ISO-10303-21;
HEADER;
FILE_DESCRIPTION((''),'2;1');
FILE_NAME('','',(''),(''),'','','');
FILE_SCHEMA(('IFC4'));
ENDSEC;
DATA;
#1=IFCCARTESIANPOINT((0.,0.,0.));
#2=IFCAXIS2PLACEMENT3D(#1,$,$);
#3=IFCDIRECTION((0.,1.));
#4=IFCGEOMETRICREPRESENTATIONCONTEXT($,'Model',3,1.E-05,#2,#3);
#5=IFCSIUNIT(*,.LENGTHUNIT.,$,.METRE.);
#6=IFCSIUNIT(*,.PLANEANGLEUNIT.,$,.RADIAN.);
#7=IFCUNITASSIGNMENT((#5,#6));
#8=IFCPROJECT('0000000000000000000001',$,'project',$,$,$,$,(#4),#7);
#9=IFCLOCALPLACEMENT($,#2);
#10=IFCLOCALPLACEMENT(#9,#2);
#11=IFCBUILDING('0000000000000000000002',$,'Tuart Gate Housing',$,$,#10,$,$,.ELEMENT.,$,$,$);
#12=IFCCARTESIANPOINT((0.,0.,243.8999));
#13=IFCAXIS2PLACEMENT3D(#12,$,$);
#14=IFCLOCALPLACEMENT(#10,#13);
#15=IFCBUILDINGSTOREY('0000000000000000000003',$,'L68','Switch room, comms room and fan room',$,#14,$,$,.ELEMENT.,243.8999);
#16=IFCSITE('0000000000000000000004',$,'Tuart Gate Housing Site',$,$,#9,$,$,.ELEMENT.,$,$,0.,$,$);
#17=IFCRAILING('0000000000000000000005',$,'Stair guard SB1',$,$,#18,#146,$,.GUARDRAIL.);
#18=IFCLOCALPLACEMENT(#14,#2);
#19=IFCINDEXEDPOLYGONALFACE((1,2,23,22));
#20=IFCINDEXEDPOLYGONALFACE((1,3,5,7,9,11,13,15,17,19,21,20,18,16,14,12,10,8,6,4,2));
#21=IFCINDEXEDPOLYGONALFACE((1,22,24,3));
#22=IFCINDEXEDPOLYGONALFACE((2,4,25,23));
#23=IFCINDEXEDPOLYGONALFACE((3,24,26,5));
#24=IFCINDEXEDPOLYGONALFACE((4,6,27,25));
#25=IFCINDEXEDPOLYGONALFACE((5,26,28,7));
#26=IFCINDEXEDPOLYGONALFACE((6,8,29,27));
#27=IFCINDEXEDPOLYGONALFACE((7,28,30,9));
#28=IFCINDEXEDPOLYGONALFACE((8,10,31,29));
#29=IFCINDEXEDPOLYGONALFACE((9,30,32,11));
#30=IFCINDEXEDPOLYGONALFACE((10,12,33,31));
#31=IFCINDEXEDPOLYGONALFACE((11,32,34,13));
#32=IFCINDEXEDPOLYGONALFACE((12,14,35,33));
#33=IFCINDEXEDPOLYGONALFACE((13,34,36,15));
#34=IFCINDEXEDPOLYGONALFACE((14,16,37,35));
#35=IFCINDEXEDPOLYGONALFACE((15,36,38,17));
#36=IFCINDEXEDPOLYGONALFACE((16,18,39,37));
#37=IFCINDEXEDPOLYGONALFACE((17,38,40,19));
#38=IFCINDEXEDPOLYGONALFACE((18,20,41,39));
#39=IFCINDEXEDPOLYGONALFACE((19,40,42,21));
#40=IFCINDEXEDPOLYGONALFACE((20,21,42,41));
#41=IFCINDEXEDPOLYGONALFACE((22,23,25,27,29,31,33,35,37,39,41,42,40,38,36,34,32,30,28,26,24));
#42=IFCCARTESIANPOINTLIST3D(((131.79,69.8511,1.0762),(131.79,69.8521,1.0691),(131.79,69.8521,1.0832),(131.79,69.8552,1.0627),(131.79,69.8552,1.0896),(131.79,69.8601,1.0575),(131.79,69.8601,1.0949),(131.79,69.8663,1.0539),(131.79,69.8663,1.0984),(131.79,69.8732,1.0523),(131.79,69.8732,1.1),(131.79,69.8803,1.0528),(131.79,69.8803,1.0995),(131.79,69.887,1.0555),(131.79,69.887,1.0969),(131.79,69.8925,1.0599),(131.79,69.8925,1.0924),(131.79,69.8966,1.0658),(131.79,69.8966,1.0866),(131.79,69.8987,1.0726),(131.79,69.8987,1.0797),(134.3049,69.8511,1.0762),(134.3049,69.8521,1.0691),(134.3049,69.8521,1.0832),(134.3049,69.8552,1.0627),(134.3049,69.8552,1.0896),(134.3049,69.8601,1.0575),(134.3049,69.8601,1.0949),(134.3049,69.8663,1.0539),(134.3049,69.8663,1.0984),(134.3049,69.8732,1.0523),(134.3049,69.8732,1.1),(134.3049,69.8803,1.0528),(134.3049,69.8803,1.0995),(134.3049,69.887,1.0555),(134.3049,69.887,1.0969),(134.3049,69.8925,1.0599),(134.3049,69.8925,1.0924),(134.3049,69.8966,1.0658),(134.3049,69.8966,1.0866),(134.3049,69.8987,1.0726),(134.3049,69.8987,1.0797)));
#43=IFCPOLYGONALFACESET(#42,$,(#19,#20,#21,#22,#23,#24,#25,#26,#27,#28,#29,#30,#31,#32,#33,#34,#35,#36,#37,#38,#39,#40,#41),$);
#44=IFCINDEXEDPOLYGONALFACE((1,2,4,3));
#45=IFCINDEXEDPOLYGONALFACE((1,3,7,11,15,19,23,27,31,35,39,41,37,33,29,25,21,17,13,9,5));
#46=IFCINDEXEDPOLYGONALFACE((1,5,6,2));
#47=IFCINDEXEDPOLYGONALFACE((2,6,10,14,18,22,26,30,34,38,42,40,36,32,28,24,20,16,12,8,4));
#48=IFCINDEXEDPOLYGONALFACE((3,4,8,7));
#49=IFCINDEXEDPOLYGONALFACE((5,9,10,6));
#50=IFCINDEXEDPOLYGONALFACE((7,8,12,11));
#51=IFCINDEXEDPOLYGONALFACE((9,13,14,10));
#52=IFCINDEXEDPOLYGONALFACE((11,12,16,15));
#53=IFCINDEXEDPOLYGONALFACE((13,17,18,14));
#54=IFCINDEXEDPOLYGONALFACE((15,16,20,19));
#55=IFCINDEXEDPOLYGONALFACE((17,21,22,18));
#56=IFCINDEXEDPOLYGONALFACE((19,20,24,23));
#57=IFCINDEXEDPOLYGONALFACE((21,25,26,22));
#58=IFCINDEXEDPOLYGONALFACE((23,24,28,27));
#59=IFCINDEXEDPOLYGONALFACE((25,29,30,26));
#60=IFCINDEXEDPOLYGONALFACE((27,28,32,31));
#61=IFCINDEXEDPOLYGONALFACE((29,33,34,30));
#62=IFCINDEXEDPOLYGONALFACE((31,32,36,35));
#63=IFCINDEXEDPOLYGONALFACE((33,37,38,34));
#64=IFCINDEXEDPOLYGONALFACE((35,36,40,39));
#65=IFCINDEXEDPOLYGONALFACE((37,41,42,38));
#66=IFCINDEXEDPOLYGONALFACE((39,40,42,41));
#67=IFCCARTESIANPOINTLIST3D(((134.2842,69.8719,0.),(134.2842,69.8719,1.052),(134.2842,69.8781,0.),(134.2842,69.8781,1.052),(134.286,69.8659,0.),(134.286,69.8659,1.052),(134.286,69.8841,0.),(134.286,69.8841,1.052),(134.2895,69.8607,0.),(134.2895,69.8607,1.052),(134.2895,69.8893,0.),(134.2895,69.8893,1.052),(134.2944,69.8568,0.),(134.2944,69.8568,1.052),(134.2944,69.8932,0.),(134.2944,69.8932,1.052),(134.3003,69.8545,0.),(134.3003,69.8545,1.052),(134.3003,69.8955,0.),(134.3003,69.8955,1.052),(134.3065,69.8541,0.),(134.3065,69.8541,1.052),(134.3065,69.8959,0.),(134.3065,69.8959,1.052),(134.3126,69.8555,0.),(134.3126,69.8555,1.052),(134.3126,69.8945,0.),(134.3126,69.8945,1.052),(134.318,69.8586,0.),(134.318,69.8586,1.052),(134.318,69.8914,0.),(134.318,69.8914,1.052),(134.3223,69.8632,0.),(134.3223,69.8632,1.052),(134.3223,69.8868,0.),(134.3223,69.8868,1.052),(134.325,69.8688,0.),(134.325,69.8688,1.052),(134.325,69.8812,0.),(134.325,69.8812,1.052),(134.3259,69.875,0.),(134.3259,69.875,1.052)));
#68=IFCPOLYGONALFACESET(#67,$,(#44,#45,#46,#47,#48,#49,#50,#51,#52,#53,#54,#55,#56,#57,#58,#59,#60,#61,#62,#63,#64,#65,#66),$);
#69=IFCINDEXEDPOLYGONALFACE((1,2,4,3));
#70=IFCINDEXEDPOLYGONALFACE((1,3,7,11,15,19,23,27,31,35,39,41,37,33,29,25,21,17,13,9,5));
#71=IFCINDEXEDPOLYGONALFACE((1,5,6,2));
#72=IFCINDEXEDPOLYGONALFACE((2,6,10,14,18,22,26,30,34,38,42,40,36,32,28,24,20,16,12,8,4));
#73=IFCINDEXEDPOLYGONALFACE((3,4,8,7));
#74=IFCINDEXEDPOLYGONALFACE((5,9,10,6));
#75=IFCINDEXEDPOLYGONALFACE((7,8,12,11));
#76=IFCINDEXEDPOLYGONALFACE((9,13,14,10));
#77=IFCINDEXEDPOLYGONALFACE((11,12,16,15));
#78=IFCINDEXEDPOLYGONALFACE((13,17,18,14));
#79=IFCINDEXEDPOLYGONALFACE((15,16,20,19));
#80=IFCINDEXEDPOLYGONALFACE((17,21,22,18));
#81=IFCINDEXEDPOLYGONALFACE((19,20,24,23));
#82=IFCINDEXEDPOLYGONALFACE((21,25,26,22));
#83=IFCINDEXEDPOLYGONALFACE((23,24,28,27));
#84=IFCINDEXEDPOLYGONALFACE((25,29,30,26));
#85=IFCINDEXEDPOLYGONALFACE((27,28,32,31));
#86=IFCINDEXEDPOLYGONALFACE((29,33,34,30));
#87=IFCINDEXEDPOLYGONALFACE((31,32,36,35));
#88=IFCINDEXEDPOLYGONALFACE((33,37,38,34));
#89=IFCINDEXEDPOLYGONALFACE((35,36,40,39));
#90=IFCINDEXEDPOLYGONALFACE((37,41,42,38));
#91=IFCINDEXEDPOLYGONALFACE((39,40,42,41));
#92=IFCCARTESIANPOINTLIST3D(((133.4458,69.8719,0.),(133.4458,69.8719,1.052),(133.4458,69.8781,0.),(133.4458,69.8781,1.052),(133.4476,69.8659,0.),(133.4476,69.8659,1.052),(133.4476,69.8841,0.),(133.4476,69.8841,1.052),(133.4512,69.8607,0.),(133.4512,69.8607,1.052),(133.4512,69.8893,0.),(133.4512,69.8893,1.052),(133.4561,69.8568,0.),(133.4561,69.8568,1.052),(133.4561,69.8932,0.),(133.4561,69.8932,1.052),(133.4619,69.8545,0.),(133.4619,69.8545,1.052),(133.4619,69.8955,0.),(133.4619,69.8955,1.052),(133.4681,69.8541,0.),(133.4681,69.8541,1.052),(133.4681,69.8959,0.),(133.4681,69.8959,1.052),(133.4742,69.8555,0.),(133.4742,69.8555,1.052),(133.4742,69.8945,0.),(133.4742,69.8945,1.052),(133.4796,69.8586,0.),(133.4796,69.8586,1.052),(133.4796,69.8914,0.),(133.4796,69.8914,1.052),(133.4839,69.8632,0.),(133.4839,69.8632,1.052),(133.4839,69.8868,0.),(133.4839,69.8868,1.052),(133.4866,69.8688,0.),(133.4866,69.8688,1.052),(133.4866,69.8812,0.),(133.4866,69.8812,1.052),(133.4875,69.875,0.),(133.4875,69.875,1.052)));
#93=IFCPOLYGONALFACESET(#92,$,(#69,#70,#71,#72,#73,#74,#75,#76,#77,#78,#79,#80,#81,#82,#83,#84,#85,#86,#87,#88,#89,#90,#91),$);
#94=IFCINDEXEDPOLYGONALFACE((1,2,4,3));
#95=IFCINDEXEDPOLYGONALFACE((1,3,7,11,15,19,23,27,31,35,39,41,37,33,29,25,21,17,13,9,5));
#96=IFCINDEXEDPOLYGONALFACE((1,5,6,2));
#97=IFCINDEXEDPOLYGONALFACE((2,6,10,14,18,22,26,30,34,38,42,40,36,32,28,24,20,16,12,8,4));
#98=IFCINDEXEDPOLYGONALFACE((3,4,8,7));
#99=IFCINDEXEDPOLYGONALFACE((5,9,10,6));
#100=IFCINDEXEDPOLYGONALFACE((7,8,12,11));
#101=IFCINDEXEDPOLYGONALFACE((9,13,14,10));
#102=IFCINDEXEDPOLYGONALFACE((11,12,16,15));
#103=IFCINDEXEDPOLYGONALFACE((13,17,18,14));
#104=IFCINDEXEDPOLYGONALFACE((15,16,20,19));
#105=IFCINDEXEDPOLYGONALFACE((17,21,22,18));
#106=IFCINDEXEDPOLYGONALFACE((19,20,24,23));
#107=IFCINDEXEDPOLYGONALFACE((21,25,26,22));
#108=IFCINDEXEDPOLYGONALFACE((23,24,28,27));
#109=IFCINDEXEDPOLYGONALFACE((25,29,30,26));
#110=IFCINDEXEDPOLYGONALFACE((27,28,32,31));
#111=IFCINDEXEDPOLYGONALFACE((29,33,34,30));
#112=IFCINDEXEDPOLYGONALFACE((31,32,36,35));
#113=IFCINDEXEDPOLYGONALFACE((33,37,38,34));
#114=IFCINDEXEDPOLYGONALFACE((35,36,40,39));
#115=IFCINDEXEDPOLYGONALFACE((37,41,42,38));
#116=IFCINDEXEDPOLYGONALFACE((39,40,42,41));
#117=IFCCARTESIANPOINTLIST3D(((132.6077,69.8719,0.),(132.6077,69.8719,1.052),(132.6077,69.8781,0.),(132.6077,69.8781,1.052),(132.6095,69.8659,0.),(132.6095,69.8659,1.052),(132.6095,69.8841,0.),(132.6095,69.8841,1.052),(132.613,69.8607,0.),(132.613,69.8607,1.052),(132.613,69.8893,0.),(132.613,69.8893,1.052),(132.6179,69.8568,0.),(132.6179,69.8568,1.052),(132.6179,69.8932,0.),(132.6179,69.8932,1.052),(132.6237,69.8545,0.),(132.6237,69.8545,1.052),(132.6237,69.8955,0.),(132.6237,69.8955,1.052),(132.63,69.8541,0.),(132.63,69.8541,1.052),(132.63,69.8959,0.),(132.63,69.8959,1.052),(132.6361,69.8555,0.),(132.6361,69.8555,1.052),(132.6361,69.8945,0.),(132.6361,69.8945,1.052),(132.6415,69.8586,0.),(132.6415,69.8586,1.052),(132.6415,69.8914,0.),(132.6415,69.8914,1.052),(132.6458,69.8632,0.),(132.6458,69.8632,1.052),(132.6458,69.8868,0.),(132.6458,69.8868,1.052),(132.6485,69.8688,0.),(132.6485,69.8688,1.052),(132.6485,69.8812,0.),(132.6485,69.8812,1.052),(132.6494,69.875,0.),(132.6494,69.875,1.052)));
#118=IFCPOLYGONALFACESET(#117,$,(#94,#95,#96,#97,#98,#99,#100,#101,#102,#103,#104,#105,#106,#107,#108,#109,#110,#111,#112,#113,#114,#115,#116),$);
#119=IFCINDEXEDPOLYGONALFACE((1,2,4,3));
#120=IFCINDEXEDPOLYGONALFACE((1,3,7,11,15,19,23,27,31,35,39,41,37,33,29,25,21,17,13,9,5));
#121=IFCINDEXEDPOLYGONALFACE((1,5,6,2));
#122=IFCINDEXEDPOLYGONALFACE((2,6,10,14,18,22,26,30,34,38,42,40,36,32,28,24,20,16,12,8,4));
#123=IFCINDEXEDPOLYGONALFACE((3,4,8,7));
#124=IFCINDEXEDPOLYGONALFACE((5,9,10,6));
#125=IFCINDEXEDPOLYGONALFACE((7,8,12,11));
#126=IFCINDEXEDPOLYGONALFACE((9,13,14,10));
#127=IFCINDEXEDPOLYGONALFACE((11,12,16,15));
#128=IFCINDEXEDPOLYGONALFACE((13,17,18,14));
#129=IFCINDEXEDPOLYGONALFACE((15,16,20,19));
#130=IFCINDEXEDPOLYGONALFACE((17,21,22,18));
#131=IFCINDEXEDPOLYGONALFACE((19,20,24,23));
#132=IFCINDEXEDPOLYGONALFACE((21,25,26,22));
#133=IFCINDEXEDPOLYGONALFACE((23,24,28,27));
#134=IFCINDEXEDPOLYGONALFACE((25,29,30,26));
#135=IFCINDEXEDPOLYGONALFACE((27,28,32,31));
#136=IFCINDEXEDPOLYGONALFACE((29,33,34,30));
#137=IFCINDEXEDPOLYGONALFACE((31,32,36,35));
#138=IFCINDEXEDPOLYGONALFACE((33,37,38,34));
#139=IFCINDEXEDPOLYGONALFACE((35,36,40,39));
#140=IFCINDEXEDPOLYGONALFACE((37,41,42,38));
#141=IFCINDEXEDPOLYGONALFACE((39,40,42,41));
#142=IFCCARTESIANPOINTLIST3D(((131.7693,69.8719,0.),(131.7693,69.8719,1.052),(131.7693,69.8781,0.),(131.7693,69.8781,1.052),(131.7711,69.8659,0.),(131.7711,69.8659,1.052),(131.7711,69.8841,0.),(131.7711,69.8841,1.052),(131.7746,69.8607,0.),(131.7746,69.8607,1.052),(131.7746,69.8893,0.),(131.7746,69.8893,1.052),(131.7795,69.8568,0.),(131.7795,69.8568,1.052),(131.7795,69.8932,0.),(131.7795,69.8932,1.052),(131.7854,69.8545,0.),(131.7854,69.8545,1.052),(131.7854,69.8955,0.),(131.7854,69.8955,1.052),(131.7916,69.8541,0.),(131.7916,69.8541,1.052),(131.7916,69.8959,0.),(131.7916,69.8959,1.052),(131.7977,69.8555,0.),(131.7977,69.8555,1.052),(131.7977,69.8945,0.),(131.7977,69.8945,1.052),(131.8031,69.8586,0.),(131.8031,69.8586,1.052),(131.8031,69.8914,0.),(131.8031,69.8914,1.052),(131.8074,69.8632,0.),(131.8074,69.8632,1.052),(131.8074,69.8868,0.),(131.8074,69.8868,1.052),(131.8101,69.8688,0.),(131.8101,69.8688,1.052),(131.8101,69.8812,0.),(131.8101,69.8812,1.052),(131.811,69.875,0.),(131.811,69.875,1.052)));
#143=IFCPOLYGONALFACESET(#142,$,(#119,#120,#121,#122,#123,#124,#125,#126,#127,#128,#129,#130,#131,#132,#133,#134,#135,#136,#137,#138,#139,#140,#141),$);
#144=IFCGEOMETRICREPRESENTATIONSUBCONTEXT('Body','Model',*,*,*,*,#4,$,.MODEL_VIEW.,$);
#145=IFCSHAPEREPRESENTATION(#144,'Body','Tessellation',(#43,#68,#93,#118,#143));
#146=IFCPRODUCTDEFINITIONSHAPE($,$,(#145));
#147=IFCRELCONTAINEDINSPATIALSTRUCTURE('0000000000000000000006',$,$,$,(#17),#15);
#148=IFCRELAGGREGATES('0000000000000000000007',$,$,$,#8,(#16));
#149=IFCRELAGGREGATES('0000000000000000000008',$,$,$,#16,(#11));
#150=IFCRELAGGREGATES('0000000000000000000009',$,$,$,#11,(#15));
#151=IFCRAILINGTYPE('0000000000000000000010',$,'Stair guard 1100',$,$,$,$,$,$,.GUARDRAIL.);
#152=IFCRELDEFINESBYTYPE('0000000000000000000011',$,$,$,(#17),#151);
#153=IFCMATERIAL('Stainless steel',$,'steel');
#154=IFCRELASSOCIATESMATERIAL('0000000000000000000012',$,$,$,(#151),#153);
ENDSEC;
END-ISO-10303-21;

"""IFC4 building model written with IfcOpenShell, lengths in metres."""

from ifc_helpers import new_model, si_unit, direction, frame, origin, origin_2d, place, context, subcontext, project, spatial, circle, extrude, material, type_object, element, save


model = new_model("IFC4")

# Units and contexts
model_context = context("Model", 3, precision=1e-05, world=origin(), true_north=direction((0.0, 1.0)))
body_context = subcontext(model_context, "Body", "Model", "MODEL_VIEW")
ifc_project = project(units=[si_unit("LENGTHUNIT", "METRE"), si_unit("PLANEANGLEUNIT", "RADIAN")], contexts=[model_context])

# Site, building, storey
site_placement = place(None, origin())
site = spatial("IfcSite", under=ifc_project, at=site_placement, Name="Tuart Gate Housing Site", CompositionType="ELEMENT", RefElevation=0.0)
building_placement = place(site_placement, origin())
building = spatial("IfcBuilding", under=site, at=building_placement, Name="Tuart Gate Housing", CompositionType="ELEMENT")
storey_placement = place(building_placement, frame((0.0, 0.0, 243.8999)))
storey = spatial("IfcBuildingStorey", under=building, at=storey_placement, Name="L68", Description="Switch room, comms room and fan room", CompositionType="ELEMENT", Elevation=243.8999)

# Railing
ifc_material_1 = material(Name="Stainless steel", Category="steel")
railing_type = type_object("IfcRailingType", Name="Stair guard 1100", PredefinedType="GUARDRAIL", material=ifc_material_1)
railing_placement = place(storey_placement, frame((134.3049, 69.875, 0.0)))
element("IfcRailing", 1, at=railing_placement, inside=storey, type_object=railing_type, Name="Stair guard SB1", PredefinedType="GUARDRAIL", context=body_context, shape_type="SweptSolid", body=[
    extrude(circle(Radius=0.0239, at=origin_2d()), frame((0.0, 0.0, 1.0762), z_axis=(-1.0, 0.0, 0.0), x_axis=(0.0, -1.0, 0.0)), (0.0, 0.0, 1.0), 2.5149),
    extrude(circle(Radius=0.021, at=origin_2d()), origin(), (0.0, 0.0, 1.0), 1.052),
    extrude(circle(Radius=0.021, at=origin_2d()), frame((-0.8384, 0.0, 0.0)), (0.0, 0.0, 1.0), 1.052),
    extrude(circle(Radius=0.021, at=origin_2d()), frame((-1.6765, 0.0, 0.0)), (0.0, 0.0, 1.0), 1.052),
    extrude(circle(Radius=0.021, at=origin_2d()), frame((-2.5149, 0.0, 0.0)), (0.0, 0.0, 1.0), 1.052),
])

save(model, "model.ifc")
